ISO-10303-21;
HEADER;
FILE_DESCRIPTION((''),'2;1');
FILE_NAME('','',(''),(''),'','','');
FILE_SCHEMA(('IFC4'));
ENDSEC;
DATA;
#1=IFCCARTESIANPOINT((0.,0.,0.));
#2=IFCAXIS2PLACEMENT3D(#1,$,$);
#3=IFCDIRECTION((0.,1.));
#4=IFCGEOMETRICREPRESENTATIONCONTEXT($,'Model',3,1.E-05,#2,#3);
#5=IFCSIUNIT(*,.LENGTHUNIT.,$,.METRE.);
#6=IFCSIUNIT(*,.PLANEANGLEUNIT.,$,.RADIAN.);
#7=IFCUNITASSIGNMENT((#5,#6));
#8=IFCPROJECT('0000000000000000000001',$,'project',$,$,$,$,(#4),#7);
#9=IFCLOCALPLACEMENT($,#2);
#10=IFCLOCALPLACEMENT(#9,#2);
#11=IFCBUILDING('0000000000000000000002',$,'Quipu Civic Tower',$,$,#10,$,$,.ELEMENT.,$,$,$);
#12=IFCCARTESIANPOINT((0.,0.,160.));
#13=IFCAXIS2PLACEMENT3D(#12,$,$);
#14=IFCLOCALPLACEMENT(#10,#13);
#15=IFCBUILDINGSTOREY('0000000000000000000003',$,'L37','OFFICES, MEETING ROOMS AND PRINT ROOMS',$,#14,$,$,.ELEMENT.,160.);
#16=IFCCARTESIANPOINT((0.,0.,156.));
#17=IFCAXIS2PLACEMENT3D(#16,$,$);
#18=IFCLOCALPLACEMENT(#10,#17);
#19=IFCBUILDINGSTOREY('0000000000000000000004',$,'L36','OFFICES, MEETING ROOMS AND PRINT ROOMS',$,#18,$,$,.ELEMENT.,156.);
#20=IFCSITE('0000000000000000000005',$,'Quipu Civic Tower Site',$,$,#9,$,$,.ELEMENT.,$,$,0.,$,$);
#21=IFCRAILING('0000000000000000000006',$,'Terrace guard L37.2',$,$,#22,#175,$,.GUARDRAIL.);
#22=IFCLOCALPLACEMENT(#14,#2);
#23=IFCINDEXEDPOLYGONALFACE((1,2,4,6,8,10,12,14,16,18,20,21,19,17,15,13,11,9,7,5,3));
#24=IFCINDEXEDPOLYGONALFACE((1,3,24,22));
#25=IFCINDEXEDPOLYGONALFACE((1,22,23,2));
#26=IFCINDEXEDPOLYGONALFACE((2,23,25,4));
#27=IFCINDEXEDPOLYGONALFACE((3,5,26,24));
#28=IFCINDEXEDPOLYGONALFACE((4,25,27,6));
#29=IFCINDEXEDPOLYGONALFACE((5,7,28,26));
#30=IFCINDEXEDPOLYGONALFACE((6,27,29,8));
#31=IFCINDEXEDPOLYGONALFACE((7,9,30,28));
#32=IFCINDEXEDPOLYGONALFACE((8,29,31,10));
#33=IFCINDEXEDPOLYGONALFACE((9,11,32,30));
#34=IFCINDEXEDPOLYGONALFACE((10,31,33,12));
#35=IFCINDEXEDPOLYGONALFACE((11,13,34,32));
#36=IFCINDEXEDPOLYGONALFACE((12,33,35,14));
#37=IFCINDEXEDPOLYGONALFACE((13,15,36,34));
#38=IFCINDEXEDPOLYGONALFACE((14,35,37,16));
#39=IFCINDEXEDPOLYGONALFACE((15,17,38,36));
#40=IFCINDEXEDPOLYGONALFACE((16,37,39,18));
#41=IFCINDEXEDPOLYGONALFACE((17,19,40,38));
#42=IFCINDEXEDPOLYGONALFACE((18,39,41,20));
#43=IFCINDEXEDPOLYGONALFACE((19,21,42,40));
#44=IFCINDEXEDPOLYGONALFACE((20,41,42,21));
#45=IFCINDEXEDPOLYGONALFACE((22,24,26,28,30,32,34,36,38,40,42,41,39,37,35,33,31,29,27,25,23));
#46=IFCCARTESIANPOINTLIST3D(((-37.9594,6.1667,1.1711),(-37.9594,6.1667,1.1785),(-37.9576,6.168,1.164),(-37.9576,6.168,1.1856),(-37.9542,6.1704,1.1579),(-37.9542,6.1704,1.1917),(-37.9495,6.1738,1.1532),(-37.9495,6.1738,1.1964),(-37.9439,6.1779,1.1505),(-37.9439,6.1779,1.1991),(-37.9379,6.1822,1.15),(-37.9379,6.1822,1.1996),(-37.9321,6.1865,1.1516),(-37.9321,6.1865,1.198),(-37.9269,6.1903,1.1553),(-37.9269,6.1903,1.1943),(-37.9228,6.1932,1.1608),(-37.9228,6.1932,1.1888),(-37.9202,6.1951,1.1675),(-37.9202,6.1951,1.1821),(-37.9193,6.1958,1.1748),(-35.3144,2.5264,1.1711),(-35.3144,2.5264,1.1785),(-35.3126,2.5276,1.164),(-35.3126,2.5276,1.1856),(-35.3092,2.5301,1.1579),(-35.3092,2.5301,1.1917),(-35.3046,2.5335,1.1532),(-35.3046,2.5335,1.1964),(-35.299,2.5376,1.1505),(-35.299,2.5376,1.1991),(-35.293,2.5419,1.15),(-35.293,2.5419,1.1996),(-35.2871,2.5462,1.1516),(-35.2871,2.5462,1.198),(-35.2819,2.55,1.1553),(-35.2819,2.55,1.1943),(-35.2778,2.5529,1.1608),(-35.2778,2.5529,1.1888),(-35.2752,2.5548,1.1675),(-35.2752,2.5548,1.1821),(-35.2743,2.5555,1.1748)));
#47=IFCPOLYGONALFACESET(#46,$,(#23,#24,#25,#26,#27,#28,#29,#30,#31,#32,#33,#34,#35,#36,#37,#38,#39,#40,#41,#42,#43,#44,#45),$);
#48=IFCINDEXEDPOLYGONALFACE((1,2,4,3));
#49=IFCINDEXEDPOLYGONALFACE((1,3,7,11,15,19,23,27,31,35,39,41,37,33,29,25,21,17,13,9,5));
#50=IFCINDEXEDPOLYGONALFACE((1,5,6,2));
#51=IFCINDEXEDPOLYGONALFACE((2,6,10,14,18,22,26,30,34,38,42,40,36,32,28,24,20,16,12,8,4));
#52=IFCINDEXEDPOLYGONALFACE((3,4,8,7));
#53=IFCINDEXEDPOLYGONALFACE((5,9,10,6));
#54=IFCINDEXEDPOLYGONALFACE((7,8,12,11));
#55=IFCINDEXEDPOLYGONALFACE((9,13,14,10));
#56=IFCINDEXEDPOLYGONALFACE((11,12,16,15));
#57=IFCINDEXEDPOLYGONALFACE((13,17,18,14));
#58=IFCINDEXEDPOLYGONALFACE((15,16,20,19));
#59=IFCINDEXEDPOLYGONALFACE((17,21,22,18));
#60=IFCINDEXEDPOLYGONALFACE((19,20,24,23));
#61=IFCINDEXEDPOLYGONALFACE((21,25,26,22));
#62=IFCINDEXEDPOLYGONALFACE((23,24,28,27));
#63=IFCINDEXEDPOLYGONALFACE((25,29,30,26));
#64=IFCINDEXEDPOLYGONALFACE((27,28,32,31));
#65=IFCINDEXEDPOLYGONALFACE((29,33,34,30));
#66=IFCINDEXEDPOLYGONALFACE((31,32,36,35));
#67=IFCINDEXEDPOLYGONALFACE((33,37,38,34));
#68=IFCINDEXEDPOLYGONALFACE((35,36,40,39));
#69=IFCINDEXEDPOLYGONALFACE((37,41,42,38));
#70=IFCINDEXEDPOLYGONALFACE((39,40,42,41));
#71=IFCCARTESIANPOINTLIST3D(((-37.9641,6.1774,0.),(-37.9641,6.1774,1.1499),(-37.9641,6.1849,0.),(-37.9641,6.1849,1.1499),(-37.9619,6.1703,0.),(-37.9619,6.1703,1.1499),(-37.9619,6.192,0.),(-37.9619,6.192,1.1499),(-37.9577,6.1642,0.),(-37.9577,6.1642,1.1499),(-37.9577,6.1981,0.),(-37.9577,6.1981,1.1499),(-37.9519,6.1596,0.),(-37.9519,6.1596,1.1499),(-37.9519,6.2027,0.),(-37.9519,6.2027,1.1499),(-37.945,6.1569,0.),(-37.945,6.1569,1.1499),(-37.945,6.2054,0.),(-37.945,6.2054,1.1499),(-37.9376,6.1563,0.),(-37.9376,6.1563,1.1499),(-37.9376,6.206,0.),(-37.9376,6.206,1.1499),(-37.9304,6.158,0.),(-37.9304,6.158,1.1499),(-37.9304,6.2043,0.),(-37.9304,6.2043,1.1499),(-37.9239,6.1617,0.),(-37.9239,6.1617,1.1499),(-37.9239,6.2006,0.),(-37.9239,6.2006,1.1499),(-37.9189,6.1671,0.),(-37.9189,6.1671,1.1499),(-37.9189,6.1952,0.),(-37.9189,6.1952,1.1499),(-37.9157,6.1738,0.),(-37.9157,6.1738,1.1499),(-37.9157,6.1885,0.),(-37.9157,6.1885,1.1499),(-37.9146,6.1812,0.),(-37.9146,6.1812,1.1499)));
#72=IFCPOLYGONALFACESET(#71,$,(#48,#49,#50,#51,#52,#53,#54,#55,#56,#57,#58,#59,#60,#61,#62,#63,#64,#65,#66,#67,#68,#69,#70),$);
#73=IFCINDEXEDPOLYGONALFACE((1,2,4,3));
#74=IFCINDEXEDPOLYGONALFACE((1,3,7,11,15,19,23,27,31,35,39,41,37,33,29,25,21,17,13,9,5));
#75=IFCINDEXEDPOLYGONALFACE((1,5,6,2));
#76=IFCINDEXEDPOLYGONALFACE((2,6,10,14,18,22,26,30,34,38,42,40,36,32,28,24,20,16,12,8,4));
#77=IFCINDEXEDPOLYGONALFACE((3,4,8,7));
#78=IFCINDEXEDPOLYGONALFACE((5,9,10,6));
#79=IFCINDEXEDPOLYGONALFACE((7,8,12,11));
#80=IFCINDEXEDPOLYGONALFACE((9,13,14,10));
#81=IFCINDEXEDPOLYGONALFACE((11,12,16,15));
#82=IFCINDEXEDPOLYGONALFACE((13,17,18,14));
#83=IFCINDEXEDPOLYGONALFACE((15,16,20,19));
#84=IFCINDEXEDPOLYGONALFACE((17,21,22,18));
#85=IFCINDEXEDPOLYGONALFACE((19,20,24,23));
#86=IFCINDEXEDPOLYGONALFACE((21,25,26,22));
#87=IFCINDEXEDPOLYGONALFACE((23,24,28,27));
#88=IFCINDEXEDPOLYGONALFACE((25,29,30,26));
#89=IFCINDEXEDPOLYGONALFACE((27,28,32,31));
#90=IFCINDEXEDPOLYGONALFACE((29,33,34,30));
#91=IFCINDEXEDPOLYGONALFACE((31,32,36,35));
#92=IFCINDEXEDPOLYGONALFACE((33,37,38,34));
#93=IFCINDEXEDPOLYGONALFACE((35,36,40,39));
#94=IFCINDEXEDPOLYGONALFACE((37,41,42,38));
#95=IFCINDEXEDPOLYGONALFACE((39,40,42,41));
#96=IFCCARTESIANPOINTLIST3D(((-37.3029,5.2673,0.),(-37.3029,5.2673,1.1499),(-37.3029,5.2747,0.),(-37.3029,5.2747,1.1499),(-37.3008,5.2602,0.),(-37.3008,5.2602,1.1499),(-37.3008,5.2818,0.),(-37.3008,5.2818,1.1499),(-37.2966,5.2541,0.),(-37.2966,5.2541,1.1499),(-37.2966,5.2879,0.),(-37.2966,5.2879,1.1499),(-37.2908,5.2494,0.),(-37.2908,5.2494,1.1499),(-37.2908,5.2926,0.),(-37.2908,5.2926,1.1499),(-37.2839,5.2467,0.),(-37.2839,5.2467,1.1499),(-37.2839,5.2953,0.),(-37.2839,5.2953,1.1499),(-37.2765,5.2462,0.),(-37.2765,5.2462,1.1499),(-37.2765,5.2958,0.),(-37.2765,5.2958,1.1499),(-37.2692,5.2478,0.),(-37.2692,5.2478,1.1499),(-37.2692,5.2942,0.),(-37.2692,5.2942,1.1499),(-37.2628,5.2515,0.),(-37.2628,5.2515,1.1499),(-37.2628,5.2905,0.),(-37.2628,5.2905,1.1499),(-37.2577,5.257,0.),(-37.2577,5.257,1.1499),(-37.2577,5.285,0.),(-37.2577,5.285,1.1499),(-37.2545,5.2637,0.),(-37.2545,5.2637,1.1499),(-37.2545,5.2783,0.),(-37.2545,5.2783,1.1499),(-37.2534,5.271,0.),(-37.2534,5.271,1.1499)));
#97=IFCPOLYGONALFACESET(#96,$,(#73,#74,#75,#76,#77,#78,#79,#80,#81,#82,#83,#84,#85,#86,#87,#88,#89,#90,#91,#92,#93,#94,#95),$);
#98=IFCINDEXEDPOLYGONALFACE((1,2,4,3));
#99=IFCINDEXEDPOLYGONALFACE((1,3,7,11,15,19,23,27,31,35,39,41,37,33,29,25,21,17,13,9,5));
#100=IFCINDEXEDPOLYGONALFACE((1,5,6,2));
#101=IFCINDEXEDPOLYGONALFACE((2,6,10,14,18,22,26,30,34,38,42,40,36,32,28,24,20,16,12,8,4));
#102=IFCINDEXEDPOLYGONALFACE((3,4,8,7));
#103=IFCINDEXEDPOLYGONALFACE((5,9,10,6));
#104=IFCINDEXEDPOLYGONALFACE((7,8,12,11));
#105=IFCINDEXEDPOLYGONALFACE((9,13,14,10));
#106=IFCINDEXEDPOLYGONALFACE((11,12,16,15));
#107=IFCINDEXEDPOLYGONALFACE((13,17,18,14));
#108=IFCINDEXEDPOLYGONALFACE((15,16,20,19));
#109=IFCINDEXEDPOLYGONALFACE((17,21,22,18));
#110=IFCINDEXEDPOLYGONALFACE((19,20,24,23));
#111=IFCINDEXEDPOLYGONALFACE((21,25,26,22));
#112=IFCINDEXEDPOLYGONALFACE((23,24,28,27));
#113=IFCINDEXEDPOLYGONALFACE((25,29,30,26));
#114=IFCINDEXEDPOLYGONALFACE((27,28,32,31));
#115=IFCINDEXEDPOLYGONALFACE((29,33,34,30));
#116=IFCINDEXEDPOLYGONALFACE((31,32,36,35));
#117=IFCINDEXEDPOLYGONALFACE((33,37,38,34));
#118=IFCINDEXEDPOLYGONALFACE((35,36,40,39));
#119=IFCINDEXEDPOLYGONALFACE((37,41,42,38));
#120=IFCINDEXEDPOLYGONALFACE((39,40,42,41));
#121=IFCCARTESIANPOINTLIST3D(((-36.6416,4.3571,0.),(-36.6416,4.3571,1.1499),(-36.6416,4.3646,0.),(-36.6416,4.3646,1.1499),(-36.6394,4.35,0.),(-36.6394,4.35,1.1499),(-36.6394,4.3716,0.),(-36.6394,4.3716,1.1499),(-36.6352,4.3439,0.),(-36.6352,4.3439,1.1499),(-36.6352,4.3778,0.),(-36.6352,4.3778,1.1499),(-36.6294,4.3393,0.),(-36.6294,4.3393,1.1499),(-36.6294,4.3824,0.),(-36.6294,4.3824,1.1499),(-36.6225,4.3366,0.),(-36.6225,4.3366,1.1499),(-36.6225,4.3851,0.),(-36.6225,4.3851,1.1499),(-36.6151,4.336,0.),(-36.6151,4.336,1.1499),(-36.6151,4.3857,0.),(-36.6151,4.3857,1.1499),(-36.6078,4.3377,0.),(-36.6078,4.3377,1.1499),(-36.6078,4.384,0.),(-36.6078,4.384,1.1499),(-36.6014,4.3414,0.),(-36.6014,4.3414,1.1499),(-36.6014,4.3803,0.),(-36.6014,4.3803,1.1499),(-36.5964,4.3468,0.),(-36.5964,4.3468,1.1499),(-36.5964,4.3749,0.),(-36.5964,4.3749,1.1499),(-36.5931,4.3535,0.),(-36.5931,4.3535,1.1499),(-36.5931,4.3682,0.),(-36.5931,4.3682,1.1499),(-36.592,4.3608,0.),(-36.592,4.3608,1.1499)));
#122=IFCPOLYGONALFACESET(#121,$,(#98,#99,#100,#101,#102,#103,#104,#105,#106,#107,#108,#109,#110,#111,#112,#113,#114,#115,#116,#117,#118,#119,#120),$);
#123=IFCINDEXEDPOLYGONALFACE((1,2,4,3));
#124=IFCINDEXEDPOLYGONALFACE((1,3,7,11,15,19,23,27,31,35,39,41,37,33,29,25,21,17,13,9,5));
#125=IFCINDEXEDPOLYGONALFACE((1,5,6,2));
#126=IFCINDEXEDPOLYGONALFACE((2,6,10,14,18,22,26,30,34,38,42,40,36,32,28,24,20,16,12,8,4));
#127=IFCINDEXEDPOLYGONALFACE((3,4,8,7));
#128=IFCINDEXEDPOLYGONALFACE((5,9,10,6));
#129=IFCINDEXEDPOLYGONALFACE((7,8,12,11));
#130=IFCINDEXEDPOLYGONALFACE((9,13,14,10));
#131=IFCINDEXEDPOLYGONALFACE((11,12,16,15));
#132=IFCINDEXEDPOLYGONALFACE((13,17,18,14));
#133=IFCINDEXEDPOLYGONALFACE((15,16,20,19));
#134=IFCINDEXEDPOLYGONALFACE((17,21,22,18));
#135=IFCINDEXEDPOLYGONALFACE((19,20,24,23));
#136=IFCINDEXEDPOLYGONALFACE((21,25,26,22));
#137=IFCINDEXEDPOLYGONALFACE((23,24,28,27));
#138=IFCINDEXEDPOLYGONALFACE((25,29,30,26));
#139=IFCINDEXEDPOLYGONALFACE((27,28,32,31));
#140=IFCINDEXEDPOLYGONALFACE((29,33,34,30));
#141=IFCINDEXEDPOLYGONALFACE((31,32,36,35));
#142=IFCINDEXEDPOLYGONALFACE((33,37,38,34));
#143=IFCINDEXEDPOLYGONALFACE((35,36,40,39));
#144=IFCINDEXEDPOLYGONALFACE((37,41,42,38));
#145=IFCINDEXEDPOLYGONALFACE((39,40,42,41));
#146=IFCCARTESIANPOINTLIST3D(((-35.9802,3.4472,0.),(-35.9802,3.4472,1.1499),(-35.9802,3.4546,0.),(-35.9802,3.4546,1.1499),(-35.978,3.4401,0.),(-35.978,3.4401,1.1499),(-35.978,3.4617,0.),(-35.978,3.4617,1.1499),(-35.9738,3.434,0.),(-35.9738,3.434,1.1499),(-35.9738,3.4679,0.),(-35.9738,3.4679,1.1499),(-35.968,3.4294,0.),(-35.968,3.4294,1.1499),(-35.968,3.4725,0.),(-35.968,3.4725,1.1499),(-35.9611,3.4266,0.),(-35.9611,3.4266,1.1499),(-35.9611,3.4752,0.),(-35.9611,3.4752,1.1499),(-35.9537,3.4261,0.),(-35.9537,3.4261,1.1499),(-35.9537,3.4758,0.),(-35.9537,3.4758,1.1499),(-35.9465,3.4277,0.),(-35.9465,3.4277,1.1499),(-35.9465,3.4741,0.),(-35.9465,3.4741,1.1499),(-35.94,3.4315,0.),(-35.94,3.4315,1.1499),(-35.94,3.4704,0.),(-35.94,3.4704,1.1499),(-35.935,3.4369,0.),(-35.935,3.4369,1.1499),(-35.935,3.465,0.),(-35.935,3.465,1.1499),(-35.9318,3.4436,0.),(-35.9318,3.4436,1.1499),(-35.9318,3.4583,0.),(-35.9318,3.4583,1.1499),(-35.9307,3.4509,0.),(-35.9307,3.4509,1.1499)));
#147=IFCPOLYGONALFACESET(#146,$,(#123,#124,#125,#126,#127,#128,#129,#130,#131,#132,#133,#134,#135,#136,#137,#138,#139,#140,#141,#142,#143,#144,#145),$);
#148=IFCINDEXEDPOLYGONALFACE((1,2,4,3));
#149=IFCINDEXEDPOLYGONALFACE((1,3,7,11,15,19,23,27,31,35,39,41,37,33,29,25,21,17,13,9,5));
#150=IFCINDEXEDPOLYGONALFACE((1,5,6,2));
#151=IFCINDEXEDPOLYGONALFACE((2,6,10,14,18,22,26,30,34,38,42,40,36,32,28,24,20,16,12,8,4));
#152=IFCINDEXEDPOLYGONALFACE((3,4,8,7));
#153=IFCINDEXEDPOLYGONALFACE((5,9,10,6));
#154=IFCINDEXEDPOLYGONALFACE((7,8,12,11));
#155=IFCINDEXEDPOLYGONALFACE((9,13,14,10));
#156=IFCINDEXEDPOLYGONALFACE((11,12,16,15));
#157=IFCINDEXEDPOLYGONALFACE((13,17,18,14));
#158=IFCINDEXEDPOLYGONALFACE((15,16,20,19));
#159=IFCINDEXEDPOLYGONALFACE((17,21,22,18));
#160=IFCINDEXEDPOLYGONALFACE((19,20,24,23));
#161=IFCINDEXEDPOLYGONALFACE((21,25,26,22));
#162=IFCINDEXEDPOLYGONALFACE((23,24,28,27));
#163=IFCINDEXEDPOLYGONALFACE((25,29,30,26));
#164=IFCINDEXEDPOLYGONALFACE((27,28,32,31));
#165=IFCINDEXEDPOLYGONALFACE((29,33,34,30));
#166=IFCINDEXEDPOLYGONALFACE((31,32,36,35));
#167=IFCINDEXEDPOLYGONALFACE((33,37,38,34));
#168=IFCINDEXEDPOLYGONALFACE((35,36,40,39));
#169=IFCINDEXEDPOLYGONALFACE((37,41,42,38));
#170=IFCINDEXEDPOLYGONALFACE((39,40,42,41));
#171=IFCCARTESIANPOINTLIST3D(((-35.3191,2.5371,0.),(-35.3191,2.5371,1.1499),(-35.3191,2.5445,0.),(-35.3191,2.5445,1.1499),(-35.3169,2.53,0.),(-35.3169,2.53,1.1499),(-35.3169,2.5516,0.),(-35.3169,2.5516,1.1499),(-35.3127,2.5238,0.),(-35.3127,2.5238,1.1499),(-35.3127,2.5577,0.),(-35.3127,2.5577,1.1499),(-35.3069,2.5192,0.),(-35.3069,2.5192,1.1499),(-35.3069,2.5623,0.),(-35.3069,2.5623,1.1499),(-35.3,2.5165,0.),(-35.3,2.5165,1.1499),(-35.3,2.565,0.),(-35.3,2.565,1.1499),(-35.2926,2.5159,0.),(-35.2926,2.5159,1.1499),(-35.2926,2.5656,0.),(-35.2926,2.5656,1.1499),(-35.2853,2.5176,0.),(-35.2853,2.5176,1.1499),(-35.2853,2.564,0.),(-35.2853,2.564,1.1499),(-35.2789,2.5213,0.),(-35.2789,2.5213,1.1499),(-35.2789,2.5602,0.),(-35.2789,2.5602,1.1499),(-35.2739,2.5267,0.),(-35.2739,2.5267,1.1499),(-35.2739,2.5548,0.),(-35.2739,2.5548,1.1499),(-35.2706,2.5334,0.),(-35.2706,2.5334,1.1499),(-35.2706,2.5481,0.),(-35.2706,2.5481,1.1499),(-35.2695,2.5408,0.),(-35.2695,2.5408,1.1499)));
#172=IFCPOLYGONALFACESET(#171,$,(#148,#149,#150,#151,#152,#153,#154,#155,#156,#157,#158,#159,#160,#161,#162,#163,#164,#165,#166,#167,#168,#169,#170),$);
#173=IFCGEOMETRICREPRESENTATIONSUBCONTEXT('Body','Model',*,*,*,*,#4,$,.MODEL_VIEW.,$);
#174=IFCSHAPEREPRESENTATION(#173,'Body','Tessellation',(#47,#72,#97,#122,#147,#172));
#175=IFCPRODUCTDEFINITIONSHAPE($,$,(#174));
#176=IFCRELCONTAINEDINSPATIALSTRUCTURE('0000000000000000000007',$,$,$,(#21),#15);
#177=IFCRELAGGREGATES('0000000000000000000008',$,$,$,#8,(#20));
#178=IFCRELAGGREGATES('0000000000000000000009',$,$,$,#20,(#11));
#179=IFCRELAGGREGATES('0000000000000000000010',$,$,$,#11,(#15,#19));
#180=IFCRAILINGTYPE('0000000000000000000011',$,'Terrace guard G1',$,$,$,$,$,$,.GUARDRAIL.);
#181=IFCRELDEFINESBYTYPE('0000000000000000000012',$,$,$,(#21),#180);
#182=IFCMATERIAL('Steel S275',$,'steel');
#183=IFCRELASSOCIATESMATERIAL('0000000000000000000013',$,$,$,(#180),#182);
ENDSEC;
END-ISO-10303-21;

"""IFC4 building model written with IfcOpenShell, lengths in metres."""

from ifc_helpers import new_model, si_unit, direction, frame, origin, origin_2d, place, context, subcontext, project, spatial, circle, extrude, material, type_object, element, save


model = new_model("IFC4")

# Units and contexts
model_context = context("Model", 3, precision=1e-05, world=origin(), true_north=direction((0.0, 1.0)))
body_context = subcontext(model_context, "Body", "Model", "MODEL_VIEW")
ifc_project = project(units=[si_unit("LENGTHUNIT", "METRE"), si_unit("PLANEANGLEUNIT", "RADIAN")], contexts=[model_context])

# Site, building, storey
site_placement = place(None, origin())
site = spatial("IfcSite", under=ifc_project, at=site_placement, Name="Quipu Civic Tower Site", CompositionType="ELEMENT", RefElevation=0.0)
building_placement = place(site_placement, origin())
building = spatial("IfcBuilding", under=site, at=building_placement, Name="Quipu Civic Tower", CompositionType="ELEMENT")
storey_1_placement = place(building_placement, frame((0.0, 0.0, 160.0)))
storey_1 = spatial("IfcBuildingStorey", under=building, at=storey_1_placement, Name="L37", Description="OFFICES, MEETING ROOMS AND PRINT ROOMS", CompositionType="ELEMENT", Elevation=160.0)

# Shared definitions
storey_2_placement = place(building_placement, frame((0.0, 0.0, 156.0)))
storey_2 = spatial("IfcBuildingStorey", under=building, at=storey_2_placement, Name="L36", Description="OFFICES, MEETING ROOMS AND PRINT ROOMS", CompositionType="ELEMENT", Elevation=156.0)

# Railing
ifc_material_1 = material(Name="Steel S275", Category="steel")
railing_type = type_object("IfcRailingType", Name="Terrace guard G1", PredefinedType="GUARDRAIL", material=ifc_material_1)
railing_1_placement = place(storey_1_placement, frame((-37.9395, 6.1812, 0.0)))
element("IfcRailing", 1, at=railing_1_placement, inside=storey_1, type_object=railing_type, Name="Terrace guard L37.2", PredefinedType="GUARDRAIL", context=body_context, shape_type="SweptSolid", body=[
    extrude(circle(Radius=0.0249, at=origin_2d()), frame((0.0, 0.0, 1.1748), z_axis=(0.587804, -0.809003, 0.0), x_axis=(0.809003, 0.587804, 0.0)), (0.0, 0.0, 1.0), 4.4998),
    extrude(circle(Radius=0.0249, at=origin_2d()), origin(), (0.0, 0.0, 1.0), 1.1499),
    extrude(circle(Radius=0.0249, at=origin_2d()), frame((0.6611, -0.9102, 0.0)), (0.0, 0.0, 1.0), 1.1499),
    extrude(circle(Radius=0.0249, at=origin_2d()), frame((1.3225, -1.8203, 0.0)), (0.0, 0.0, 1.0), 1.1499),
    extrude(circle(Radius=0.0249, at=origin_2d()), frame((1.9839, -2.7302, 0.0)), (0.0, 0.0, 1.0), 1.1499),
    extrude(circle(Radius=0.0249, at=origin_2d()), frame((2.645, -3.6404, 0.0)), (0.0, 0.0, 1.0), 1.1499),
])

save(model, "model.ifc")
